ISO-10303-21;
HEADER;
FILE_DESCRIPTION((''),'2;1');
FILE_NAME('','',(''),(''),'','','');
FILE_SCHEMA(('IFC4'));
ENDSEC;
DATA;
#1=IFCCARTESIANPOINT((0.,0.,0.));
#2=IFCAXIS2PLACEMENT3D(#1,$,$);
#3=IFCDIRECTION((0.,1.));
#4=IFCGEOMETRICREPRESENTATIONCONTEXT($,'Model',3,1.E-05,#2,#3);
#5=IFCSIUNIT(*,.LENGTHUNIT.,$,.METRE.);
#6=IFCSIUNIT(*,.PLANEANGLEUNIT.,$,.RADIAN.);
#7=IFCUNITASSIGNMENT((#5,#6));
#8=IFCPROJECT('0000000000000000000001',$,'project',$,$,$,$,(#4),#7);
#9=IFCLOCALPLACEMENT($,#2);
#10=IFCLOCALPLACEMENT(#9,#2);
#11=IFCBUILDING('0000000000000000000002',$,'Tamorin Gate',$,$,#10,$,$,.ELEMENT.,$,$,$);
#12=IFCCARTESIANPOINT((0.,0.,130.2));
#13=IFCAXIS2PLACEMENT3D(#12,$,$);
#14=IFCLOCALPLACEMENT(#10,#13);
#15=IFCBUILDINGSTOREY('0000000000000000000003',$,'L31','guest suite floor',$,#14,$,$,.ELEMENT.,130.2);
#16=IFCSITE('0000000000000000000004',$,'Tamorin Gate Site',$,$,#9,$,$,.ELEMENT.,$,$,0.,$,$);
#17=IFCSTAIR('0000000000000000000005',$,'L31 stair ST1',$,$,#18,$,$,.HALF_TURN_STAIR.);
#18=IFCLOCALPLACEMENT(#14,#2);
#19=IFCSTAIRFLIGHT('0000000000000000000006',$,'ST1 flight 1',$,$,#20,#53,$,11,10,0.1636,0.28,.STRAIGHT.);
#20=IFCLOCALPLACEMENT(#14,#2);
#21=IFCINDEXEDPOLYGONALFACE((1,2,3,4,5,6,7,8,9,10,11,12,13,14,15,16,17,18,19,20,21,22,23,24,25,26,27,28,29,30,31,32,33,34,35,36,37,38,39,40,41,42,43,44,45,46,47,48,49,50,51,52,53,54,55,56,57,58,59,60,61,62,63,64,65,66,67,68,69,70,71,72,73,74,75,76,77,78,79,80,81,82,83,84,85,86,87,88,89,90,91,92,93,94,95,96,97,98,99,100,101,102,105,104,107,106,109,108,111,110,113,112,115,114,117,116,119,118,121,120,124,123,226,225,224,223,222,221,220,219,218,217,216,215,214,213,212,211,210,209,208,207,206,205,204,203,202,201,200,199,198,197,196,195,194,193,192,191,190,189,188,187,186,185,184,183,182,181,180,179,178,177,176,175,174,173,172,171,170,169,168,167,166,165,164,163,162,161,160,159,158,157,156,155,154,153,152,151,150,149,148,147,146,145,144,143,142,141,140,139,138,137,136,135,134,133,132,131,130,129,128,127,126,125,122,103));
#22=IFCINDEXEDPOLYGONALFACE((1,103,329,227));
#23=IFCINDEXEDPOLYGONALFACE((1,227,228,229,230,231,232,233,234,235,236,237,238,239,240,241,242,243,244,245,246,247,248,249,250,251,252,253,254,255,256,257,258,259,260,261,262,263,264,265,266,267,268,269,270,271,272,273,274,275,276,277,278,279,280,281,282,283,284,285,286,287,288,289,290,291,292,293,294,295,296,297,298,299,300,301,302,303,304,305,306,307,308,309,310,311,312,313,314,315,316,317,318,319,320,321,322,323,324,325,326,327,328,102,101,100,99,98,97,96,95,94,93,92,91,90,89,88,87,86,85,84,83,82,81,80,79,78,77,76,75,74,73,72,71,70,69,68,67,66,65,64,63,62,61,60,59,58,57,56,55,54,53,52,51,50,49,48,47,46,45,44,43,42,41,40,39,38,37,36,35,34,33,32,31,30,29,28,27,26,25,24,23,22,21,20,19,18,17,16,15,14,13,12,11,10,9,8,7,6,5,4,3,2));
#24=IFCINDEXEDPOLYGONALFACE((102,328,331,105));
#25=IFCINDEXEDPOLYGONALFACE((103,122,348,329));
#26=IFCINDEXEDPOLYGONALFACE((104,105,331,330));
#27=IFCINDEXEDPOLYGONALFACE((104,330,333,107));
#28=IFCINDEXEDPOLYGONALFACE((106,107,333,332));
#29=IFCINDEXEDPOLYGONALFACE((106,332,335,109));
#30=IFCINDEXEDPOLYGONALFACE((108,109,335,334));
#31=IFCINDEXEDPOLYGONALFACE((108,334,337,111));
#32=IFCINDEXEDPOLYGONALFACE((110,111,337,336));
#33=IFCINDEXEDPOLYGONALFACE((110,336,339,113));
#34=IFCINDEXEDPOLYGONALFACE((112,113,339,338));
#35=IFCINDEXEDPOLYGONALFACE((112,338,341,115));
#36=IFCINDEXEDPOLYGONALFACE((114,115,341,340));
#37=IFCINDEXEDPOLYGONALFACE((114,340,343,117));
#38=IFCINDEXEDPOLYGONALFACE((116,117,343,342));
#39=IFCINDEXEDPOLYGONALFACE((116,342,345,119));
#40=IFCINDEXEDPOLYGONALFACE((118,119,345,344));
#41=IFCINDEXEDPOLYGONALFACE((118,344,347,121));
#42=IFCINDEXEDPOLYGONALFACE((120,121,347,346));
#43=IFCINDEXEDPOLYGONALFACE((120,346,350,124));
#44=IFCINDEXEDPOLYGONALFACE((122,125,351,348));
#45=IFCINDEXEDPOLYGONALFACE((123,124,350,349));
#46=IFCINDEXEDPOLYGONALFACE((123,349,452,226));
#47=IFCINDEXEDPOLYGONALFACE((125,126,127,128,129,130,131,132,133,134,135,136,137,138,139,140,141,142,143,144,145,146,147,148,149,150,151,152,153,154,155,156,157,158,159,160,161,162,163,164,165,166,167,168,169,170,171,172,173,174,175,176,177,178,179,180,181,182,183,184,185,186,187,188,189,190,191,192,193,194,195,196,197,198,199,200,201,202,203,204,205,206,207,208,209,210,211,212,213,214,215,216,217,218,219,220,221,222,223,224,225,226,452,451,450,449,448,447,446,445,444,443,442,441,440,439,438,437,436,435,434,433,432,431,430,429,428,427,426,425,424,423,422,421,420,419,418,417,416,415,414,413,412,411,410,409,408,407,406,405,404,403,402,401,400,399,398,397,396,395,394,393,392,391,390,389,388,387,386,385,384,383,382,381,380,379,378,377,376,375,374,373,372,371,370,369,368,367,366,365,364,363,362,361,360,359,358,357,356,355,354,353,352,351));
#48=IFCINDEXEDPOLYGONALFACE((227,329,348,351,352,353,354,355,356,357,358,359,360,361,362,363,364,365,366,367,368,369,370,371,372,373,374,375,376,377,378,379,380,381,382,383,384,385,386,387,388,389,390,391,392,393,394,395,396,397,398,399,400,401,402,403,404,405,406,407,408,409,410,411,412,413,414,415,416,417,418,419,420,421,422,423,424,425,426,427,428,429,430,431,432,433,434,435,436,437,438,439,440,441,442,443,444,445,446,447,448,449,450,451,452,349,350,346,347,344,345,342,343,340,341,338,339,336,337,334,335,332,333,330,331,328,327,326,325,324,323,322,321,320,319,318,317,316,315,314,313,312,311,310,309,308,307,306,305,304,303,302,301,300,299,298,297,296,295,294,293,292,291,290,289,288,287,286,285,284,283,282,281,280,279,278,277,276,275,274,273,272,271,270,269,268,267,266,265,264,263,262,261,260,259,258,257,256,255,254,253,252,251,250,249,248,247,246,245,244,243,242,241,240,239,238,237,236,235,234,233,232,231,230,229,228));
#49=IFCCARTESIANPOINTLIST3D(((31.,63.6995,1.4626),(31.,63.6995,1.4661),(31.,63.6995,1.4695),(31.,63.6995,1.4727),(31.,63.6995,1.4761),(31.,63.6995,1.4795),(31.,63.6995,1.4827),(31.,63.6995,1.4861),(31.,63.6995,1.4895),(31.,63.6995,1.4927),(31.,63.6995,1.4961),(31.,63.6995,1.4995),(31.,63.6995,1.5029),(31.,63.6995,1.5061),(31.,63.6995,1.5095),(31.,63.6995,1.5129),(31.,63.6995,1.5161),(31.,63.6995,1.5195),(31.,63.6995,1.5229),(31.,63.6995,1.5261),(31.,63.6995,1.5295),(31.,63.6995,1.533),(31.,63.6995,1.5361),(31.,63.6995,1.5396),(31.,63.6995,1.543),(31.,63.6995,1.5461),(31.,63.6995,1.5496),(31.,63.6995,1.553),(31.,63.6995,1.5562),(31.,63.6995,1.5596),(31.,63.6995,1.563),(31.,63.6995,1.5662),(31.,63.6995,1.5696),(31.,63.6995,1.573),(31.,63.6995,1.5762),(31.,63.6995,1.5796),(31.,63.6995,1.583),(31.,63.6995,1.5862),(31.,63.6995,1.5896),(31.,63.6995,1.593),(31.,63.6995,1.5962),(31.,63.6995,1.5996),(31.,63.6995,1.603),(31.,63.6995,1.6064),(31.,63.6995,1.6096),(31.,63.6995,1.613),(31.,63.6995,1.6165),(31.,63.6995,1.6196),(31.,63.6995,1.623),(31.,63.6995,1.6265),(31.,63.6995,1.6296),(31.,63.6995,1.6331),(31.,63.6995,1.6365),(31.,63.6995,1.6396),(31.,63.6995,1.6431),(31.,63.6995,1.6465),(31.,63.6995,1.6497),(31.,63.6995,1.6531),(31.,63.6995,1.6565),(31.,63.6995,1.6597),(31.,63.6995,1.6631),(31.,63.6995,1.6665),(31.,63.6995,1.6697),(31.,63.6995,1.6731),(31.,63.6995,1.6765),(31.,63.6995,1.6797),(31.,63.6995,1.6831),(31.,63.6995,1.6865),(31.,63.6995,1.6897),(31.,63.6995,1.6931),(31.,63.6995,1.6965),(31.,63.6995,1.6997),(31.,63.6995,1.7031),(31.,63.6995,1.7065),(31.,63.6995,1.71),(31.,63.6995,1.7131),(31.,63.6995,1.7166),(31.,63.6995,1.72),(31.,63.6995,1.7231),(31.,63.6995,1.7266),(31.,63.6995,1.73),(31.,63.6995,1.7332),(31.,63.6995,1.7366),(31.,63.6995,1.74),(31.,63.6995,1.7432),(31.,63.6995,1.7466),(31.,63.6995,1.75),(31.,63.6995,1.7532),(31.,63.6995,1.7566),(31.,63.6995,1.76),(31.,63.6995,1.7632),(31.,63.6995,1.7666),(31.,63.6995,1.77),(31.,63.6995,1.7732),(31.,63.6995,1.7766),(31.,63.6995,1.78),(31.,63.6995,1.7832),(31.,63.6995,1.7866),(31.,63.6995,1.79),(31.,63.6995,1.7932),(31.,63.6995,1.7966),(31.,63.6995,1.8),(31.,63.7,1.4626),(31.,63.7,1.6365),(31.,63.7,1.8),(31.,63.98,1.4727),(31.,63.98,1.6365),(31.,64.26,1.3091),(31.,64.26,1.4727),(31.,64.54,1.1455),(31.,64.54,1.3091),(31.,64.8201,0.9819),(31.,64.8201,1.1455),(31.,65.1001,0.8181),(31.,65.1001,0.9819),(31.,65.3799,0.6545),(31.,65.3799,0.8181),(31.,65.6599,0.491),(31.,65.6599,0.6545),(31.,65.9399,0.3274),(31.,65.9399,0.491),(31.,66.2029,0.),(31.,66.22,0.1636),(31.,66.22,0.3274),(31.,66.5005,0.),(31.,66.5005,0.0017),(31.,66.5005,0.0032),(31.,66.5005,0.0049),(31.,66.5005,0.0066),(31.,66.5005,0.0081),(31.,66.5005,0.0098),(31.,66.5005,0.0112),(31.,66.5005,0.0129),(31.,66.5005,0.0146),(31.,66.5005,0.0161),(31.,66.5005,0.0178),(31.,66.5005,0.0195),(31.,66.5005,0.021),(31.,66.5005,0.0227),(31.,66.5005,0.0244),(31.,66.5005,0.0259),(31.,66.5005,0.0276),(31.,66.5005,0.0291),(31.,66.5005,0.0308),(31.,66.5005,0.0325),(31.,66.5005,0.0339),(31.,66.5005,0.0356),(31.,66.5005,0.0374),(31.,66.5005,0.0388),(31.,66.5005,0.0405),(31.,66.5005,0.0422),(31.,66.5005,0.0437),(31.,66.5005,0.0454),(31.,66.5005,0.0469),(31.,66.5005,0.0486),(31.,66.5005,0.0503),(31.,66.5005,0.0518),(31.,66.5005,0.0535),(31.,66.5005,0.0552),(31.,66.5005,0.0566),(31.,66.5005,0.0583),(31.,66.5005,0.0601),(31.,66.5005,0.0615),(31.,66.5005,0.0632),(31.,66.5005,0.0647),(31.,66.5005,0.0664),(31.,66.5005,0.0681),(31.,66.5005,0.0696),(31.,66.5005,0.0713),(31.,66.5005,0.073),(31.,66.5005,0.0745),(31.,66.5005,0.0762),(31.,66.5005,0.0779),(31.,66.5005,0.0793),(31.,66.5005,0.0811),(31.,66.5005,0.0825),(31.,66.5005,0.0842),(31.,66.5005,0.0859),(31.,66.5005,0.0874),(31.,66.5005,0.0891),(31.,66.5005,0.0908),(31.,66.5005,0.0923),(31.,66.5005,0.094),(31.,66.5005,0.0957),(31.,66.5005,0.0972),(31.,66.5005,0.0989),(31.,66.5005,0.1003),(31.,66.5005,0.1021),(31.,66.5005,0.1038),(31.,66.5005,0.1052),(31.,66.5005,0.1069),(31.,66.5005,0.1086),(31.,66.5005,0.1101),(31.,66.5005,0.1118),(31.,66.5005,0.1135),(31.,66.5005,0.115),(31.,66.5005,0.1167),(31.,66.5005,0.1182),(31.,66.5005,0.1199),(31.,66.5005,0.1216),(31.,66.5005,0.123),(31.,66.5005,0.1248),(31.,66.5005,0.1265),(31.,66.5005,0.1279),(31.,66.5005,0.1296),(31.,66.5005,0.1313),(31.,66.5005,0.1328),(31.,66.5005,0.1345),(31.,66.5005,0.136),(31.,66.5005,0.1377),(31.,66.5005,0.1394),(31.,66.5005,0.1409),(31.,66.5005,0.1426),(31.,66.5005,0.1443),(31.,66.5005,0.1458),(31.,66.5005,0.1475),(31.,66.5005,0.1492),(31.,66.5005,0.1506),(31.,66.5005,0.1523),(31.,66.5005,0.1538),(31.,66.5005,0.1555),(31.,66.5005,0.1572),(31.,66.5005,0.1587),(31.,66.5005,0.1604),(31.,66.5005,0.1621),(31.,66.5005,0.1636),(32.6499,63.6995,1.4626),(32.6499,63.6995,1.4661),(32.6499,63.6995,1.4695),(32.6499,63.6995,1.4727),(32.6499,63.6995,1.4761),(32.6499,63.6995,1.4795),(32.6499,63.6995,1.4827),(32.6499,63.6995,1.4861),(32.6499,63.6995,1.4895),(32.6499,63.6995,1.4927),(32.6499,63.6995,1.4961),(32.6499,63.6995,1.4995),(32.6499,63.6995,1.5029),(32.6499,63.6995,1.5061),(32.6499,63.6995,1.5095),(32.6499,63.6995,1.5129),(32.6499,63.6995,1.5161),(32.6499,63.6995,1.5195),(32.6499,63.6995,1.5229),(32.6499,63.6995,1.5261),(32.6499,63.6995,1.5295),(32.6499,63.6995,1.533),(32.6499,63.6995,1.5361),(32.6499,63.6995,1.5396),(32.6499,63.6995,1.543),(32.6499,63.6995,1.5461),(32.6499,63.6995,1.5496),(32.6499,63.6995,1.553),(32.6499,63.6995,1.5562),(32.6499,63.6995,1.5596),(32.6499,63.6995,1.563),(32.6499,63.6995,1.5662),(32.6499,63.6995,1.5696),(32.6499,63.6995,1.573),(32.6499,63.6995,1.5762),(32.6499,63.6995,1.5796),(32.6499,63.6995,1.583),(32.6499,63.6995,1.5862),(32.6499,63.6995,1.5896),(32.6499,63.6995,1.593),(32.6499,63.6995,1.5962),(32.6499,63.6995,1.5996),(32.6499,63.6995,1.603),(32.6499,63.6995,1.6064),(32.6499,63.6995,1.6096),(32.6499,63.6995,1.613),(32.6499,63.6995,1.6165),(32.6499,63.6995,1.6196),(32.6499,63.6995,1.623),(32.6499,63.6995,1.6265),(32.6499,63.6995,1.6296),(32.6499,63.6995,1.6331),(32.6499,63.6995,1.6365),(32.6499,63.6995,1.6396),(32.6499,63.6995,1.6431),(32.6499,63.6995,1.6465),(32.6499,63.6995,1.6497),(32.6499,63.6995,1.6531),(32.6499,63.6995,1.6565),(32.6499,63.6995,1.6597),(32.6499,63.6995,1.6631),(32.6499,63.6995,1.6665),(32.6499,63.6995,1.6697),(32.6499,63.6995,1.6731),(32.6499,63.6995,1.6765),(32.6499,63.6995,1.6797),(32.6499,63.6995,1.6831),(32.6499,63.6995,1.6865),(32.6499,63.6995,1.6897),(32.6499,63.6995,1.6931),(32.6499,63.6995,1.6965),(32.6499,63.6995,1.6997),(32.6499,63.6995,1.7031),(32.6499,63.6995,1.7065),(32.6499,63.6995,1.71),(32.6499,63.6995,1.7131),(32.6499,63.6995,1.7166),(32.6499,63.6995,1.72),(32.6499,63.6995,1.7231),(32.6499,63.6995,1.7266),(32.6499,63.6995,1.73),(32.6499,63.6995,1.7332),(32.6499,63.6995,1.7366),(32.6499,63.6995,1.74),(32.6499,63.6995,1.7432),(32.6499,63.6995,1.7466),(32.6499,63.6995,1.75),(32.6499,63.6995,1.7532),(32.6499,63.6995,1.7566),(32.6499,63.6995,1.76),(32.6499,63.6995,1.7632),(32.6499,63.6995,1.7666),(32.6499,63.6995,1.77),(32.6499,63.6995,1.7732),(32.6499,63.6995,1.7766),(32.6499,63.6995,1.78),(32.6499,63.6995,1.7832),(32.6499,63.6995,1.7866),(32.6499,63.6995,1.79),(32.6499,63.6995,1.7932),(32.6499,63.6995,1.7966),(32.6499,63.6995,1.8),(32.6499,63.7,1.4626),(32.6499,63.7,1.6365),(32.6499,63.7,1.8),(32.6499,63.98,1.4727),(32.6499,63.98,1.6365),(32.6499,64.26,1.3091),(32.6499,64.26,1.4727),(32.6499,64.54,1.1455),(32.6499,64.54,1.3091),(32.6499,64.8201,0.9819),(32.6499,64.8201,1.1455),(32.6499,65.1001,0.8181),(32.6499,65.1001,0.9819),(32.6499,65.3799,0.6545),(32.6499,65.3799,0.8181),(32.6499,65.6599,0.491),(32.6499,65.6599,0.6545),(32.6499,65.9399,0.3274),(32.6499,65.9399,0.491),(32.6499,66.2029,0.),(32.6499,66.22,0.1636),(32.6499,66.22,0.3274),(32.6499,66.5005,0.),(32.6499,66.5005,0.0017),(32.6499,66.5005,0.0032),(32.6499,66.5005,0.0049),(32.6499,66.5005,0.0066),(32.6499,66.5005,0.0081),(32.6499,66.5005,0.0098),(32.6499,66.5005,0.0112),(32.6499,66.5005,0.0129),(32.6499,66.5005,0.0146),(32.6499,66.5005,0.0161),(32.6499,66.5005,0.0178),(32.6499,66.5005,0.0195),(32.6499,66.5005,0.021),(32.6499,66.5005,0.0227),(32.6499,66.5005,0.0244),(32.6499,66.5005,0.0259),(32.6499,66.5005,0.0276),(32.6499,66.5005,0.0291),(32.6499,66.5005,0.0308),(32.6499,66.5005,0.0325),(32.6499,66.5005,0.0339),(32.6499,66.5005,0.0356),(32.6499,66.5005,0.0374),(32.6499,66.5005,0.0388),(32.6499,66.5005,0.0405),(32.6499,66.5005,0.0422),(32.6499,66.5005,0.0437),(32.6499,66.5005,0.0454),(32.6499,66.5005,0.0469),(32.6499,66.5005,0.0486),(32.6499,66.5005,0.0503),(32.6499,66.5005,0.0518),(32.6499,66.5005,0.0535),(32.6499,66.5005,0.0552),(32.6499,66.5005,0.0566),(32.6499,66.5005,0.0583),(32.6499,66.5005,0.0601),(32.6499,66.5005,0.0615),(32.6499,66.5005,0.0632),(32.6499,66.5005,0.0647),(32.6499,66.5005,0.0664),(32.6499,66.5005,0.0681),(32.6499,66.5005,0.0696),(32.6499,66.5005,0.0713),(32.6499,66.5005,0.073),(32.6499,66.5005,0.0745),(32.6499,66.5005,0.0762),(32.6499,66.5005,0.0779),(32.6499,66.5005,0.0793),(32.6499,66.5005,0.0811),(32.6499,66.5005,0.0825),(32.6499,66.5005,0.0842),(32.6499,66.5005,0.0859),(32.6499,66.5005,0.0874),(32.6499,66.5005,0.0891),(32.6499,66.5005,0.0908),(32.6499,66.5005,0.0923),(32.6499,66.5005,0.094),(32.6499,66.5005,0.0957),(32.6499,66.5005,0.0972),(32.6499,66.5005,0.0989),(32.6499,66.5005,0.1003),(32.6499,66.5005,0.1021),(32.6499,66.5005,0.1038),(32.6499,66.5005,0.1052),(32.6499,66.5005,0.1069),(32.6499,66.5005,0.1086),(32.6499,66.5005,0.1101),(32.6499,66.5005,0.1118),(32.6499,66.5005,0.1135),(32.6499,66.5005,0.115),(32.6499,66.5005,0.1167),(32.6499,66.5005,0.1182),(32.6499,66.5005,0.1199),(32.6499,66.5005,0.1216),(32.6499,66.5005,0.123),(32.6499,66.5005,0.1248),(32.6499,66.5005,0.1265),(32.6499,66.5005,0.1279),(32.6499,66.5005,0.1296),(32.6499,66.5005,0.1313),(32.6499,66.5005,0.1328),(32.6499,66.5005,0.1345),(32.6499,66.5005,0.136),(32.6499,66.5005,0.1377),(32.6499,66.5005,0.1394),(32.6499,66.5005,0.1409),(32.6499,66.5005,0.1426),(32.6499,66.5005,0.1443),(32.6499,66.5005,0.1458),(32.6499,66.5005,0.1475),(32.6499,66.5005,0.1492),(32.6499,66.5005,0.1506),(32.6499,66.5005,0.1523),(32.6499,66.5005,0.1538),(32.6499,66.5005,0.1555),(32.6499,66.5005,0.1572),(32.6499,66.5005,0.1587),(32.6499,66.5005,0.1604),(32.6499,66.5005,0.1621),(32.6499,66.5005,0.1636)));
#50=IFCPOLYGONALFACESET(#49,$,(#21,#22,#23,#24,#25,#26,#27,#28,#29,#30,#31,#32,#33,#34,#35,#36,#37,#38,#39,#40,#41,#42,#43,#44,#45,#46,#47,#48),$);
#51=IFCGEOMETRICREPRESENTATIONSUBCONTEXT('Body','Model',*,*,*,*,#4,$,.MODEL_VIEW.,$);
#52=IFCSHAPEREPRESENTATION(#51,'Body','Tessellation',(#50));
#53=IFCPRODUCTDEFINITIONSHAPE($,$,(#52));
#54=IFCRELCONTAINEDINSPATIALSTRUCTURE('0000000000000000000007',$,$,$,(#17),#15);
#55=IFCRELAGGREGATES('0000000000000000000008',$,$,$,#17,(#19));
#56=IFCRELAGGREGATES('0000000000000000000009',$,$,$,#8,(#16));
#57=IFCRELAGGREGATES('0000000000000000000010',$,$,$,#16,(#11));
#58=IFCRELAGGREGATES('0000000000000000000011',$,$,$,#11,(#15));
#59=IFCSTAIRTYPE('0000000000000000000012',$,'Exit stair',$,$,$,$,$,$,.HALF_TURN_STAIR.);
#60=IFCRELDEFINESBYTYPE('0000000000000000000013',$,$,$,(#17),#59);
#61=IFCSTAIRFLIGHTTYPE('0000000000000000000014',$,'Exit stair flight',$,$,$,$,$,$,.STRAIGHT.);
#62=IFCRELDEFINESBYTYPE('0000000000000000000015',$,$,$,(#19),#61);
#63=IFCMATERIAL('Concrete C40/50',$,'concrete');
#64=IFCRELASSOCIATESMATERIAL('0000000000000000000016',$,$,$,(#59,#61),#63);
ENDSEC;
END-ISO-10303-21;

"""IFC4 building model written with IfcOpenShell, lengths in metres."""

from ifc_helpers import new_model, si_unit, direction, frame, origin, place, context, subcontext, project, spatial, polyline, outline, extrude, material, type_object, element, aggregate, save


model = new_model("IFC4")

# Units and contexts
model_context = context("Model", 3, precision=1e-05, world=origin(), true_north=direction((0.0, 1.0)))
body_context = subcontext(model_context, "Body", "Model", "MODEL_VIEW")
ifc_project = project(units=[si_unit("LENGTHUNIT", "METRE"), si_unit("PLANEANGLEUNIT", "RADIAN")], contexts=[model_context])

# Site, building, storey
site_placement = place(None, origin())
site = spatial("IfcSite", under=ifc_project, at=site_placement, Name="Tamorin Gate Site", CompositionType="ELEMENT", RefElevation=0.0)
building_placement = place(site_placement, origin())
building = spatial("IfcBuilding", under=site, at=building_placement, Name="Tamorin Gate", CompositionType="ELEMENT")
storey_placement = place(building_placement, frame((0.0, 0.0, 130.2)))
storey = spatial("IfcBuildingStorey", under=building, at=storey_placement, Name="L31", Description="guest suite floor", CompositionType="ELEMENT", Elevation=130.2)

# Shared definitions
ifc_material_1 = material(Name="Concrete C40/50", Category="concrete")

# Stair, stair flight
stair_type = type_object("IfcStairType", Name="Exit stair", PredefinedType="HALF_TURN_STAIR", material=ifc_material_1)
stair_1_placement = place(storey_placement, origin())
stair_1 = element("IfcStair", 1, at=stair_1_placement, inside=storey, type_object=stair_type, Name="L31 stair ST1", PredefinedType="HALF_TURN_STAIR")
stair_flight_type = type_object("IfcStairFlightType", Name="Exit stair flight", PredefinedType="STRAIGHT", material=ifc_material_1)
stair_flight_1_placement = place(storey_placement, frame((31.825, 66.5, 0.0), z_axis=(0.0, 0.0, 1.0), x_axis=(0.0, -1.0, 0.0)))
stair_flight_1 = element("IfcStairFlight", 2, at=stair_flight_1_placement, type_object=stair_flight_type, Name="ST1 flight 1", NumberOfRisers=11, NumberOfTreads=10, PredefinedType="STRAIGHT", RiserHeight=0.1636, TreadLength=0.28, context=body_context, shape_type="SweptSolid", body=[
    extrude(outline(polyline([(-0.0005, 0.0), (-0.0005, 0.0017), (-0.0005, 0.0032), (-0.0005, 0.0049), (-0.0005, 0.0066), (-0.0005, 0.0081), (-0.0005, 0.0098), (-0.0005, 0.0112), (-0.0005, 0.0129), (-0.0005, 0.0146), (-0.0005, 0.0161), (-0.0005, 0.0178), (-0.0005, 0.0195), (-0.0005, 0.021), (-0.0005, 0.0227), (-0.0005, 0.0244), (-0.0005, 0.0259), (-0.0005, 0.0276), (-0.0005, 0.0291), (-0.0005, 0.0308), (-0.0005, 0.0325), (-0.0005, 0.0339), (-0.0005, 0.0356), (-0.0005, 0.0374), (-0.0005, 0.0388), (-0.0005, 0.0405), (-0.0005, 0.0422), (-0.0005, 0.0437), (-0.0005, 0.0454), (-0.0005, 0.0469), (-0.0005, 0.0486), (-0.0005, 0.0503), (-0.0005, 0.0518), (-0.0005, 0.0535), (-0.0005, 0.0552), (-0.0005, 0.0566), (-0.0005, 0.0583), (-0.0005, 0.0601), (-0.0005, 0.0615), (-0.0005, 0.0632), (-0.0005, 0.0647), (-0.0005, 0.0664), (-0.0005, 0.0681), (-0.0005, 0.0696), (-0.0005, 0.0713), (-0.0005, 0.073), (-0.0005, 0.0745), (-0.0005, 0.0762), (-0.0005, 0.0779), (-0.0005, 0.0793), (-0.0005, 0.0811), (-0.0005, 0.0825), (-0.0005, 0.0842), (-0.0005, 0.0859), (-0.0005, 0.0874), (-0.0005, 0.0891), (-0.0005, 0.0908), (-0.0005, 0.0923), (-0.0005, 0.094), (-0.0005, 0.0957), (-0.0005, 0.0972), (-0.0005, 0.0989), (-0.0005, 0.1003), (-0.0005, 0.1021), (-0.0005, 0.1038), (-0.0005, 0.1052), (-0.0005, 0.1069), (-0.0005, 0.1086), (-0.0005, 0.1101), (-0.0005, 0.1118), (-0.0005, 0.1135), (-0.0005, 0.115), (-0.0005, 0.1167), (-0.0005, 0.1182), (-0.0005, 0.1199), (-0.0005, 0.1216), (-0.0005, 0.123), (-0.0005, 0.1248), (-0.0005, 0.1265), (-0.0005, 0.1279), (-0.0005, 0.1296), (-0.0005, 0.1313), (-0.0005, 0.1328), (-0.0005, 0.1345), (-0.0005, 0.136), (-0.0005, 0.1377), (-0.0005, 0.1394), (-0.0005, 0.1409), (-0.0005, 0.1426), (-0.0005, 0.1443), (-0.0005, 0.1458), (-0.0005, 0.1475), (-0.0005, 0.1492), (-0.0005, 0.1506), (-0.0005, 0.1523), (-0.0005, 0.1538), (-0.0005, 0.1555), (-0.0005, 0.1572), (-0.0005, 0.1587), (-0.0005, 0.1604), (-0.0005, 0.1621), (-0.0005, 0.1636), (0.28, 0.1636), (0.28, 0.3274), (0.5601, 0.3274), (0.5601, 0.491), (0.8401, 0.491), (0.8401, 0.6545), (1.1201, 0.6545), (1.1201, 0.8181), (1.3999, 0.8181), (1.3999, 0.9819), (1.6799, 0.9819), (1.6799, 1.1455), (1.96, 1.1455), (1.96, 1.3091), (2.24, 1.3091), (2.24, 1.4727), (2.52, 1.4727), (2.52, 1.6365), (2.8, 1.6365), (2.8, 1.8), (2.8005, 1.8), (2.8005, 1.7966), (2.8005, 1.7932), (2.8005, 1.79), (2.8005, 1.7866), (2.8005, 1.7832), (2.8005, 1.78), (2.8005, 1.7766), (2.8005, 1.7732), (2.8005, 1.77), (2.8005, 1.7666), (2.8005, 1.7632), (2.8005, 1.76), (2.8005, 1.7566), (2.8005, 1.7532), (2.8005, 1.75), (2.8005, 1.7466), (2.8005, 1.7432), (2.8005, 1.74), (2.8005, 1.7366), (2.8005, 1.7332), (2.8005, 1.73), (2.8005, 1.7266), (2.8005, 1.7231), (2.8005, 1.72), (2.8005, 1.7166), (2.8005, 1.7131), (2.8005, 1.71), (2.8005, 1.7065), (2.8005, 1.7031), (2.8005, 1.6997), (2.8005, 1.6965), (2.8005, 1.6931), (2.8005, 1.6897), (2.8005, 1.6865), (2.8005, 1.6831), (2.8005, 1.6797), (2.8005, 1.6765), (2.8005, 1.6731), (2.8005, 1.6697), (2.8005, 1.6665), (2.8005, 1.6631), (2.8005, 1.6597), (2.8005, 1.6565), (2.8005, 1.6531), (2.8005, 1.6497), (2.8005, 1.6465), (2.8005, 1.6431), (2.8005, 1.6396), (2.8005, 1.6365), (2.8005, 1.6331), (2.8005, 1.6296), (2.8005, 1.6265), (2.8005, 1.623), (2.8005, 1.6196), (2.8005, 1.6165), (2.8005, 1.613), (2.8005, 1.6096), (2.8005, 1.6064), (2.8005, 1.603), (2.8005, 1.5996), (2.8005, 1.5962), (2.8005, 1.593), (2.8005, 1.5896), (2.8005, 1.5862), (2.8005, 1.583), (2.8005, 1.5796), (2.8005, 1.5762), (2.8005, 1.573), (2.8005, 1.5696), (2.8005, 1.5662), (2.8005, 1.563), (2.8005, 1.5596), (2.8005, 1.5562), (2.8005, 1.553), (2.8005, 1.5496), (2.8005, 1.5461), (2.8005, 1.543), (2.8005, 1.5396), (2.8005, 1.5361), (2.8005, 1.533), (2.8005, 1.5295), (2.8005, 1.5261), (2.8005, 1.5229), (2.8005, 1.5195), (2.8005, 1.5161), (2.8005, 1.5129), (2.8005, 1.5095), (2.8005, 1.5061), (2.8005, 1.5029), (2.8005, 1.4995), (2.8005, 1.4961), (2.8005, 1.4927), (2.8005, 1.4895), (2.8005, 1.4861), (2.8005, 1.4827), (2.8005, 1.4795), (2.8005, 1.4761), (2.8005, 1.4727), (2.8005, 1.4695), (2.8005, 1.4661), (2.8005, 1.4626), (2.8, 1.4626), (0.2971, 0.0), (-0.0005, 0.0)])), frame((0.0, 0.825, 0.0), z_axis=(0.0, -1.0, 0.0), x_axis=(1.0, 0.0, 0.0)), (0.0, 0.0, 1.0), 1.6499),
])
aggregate(stair_1, [stair_flight_1])

save(model, "model.ifc")
